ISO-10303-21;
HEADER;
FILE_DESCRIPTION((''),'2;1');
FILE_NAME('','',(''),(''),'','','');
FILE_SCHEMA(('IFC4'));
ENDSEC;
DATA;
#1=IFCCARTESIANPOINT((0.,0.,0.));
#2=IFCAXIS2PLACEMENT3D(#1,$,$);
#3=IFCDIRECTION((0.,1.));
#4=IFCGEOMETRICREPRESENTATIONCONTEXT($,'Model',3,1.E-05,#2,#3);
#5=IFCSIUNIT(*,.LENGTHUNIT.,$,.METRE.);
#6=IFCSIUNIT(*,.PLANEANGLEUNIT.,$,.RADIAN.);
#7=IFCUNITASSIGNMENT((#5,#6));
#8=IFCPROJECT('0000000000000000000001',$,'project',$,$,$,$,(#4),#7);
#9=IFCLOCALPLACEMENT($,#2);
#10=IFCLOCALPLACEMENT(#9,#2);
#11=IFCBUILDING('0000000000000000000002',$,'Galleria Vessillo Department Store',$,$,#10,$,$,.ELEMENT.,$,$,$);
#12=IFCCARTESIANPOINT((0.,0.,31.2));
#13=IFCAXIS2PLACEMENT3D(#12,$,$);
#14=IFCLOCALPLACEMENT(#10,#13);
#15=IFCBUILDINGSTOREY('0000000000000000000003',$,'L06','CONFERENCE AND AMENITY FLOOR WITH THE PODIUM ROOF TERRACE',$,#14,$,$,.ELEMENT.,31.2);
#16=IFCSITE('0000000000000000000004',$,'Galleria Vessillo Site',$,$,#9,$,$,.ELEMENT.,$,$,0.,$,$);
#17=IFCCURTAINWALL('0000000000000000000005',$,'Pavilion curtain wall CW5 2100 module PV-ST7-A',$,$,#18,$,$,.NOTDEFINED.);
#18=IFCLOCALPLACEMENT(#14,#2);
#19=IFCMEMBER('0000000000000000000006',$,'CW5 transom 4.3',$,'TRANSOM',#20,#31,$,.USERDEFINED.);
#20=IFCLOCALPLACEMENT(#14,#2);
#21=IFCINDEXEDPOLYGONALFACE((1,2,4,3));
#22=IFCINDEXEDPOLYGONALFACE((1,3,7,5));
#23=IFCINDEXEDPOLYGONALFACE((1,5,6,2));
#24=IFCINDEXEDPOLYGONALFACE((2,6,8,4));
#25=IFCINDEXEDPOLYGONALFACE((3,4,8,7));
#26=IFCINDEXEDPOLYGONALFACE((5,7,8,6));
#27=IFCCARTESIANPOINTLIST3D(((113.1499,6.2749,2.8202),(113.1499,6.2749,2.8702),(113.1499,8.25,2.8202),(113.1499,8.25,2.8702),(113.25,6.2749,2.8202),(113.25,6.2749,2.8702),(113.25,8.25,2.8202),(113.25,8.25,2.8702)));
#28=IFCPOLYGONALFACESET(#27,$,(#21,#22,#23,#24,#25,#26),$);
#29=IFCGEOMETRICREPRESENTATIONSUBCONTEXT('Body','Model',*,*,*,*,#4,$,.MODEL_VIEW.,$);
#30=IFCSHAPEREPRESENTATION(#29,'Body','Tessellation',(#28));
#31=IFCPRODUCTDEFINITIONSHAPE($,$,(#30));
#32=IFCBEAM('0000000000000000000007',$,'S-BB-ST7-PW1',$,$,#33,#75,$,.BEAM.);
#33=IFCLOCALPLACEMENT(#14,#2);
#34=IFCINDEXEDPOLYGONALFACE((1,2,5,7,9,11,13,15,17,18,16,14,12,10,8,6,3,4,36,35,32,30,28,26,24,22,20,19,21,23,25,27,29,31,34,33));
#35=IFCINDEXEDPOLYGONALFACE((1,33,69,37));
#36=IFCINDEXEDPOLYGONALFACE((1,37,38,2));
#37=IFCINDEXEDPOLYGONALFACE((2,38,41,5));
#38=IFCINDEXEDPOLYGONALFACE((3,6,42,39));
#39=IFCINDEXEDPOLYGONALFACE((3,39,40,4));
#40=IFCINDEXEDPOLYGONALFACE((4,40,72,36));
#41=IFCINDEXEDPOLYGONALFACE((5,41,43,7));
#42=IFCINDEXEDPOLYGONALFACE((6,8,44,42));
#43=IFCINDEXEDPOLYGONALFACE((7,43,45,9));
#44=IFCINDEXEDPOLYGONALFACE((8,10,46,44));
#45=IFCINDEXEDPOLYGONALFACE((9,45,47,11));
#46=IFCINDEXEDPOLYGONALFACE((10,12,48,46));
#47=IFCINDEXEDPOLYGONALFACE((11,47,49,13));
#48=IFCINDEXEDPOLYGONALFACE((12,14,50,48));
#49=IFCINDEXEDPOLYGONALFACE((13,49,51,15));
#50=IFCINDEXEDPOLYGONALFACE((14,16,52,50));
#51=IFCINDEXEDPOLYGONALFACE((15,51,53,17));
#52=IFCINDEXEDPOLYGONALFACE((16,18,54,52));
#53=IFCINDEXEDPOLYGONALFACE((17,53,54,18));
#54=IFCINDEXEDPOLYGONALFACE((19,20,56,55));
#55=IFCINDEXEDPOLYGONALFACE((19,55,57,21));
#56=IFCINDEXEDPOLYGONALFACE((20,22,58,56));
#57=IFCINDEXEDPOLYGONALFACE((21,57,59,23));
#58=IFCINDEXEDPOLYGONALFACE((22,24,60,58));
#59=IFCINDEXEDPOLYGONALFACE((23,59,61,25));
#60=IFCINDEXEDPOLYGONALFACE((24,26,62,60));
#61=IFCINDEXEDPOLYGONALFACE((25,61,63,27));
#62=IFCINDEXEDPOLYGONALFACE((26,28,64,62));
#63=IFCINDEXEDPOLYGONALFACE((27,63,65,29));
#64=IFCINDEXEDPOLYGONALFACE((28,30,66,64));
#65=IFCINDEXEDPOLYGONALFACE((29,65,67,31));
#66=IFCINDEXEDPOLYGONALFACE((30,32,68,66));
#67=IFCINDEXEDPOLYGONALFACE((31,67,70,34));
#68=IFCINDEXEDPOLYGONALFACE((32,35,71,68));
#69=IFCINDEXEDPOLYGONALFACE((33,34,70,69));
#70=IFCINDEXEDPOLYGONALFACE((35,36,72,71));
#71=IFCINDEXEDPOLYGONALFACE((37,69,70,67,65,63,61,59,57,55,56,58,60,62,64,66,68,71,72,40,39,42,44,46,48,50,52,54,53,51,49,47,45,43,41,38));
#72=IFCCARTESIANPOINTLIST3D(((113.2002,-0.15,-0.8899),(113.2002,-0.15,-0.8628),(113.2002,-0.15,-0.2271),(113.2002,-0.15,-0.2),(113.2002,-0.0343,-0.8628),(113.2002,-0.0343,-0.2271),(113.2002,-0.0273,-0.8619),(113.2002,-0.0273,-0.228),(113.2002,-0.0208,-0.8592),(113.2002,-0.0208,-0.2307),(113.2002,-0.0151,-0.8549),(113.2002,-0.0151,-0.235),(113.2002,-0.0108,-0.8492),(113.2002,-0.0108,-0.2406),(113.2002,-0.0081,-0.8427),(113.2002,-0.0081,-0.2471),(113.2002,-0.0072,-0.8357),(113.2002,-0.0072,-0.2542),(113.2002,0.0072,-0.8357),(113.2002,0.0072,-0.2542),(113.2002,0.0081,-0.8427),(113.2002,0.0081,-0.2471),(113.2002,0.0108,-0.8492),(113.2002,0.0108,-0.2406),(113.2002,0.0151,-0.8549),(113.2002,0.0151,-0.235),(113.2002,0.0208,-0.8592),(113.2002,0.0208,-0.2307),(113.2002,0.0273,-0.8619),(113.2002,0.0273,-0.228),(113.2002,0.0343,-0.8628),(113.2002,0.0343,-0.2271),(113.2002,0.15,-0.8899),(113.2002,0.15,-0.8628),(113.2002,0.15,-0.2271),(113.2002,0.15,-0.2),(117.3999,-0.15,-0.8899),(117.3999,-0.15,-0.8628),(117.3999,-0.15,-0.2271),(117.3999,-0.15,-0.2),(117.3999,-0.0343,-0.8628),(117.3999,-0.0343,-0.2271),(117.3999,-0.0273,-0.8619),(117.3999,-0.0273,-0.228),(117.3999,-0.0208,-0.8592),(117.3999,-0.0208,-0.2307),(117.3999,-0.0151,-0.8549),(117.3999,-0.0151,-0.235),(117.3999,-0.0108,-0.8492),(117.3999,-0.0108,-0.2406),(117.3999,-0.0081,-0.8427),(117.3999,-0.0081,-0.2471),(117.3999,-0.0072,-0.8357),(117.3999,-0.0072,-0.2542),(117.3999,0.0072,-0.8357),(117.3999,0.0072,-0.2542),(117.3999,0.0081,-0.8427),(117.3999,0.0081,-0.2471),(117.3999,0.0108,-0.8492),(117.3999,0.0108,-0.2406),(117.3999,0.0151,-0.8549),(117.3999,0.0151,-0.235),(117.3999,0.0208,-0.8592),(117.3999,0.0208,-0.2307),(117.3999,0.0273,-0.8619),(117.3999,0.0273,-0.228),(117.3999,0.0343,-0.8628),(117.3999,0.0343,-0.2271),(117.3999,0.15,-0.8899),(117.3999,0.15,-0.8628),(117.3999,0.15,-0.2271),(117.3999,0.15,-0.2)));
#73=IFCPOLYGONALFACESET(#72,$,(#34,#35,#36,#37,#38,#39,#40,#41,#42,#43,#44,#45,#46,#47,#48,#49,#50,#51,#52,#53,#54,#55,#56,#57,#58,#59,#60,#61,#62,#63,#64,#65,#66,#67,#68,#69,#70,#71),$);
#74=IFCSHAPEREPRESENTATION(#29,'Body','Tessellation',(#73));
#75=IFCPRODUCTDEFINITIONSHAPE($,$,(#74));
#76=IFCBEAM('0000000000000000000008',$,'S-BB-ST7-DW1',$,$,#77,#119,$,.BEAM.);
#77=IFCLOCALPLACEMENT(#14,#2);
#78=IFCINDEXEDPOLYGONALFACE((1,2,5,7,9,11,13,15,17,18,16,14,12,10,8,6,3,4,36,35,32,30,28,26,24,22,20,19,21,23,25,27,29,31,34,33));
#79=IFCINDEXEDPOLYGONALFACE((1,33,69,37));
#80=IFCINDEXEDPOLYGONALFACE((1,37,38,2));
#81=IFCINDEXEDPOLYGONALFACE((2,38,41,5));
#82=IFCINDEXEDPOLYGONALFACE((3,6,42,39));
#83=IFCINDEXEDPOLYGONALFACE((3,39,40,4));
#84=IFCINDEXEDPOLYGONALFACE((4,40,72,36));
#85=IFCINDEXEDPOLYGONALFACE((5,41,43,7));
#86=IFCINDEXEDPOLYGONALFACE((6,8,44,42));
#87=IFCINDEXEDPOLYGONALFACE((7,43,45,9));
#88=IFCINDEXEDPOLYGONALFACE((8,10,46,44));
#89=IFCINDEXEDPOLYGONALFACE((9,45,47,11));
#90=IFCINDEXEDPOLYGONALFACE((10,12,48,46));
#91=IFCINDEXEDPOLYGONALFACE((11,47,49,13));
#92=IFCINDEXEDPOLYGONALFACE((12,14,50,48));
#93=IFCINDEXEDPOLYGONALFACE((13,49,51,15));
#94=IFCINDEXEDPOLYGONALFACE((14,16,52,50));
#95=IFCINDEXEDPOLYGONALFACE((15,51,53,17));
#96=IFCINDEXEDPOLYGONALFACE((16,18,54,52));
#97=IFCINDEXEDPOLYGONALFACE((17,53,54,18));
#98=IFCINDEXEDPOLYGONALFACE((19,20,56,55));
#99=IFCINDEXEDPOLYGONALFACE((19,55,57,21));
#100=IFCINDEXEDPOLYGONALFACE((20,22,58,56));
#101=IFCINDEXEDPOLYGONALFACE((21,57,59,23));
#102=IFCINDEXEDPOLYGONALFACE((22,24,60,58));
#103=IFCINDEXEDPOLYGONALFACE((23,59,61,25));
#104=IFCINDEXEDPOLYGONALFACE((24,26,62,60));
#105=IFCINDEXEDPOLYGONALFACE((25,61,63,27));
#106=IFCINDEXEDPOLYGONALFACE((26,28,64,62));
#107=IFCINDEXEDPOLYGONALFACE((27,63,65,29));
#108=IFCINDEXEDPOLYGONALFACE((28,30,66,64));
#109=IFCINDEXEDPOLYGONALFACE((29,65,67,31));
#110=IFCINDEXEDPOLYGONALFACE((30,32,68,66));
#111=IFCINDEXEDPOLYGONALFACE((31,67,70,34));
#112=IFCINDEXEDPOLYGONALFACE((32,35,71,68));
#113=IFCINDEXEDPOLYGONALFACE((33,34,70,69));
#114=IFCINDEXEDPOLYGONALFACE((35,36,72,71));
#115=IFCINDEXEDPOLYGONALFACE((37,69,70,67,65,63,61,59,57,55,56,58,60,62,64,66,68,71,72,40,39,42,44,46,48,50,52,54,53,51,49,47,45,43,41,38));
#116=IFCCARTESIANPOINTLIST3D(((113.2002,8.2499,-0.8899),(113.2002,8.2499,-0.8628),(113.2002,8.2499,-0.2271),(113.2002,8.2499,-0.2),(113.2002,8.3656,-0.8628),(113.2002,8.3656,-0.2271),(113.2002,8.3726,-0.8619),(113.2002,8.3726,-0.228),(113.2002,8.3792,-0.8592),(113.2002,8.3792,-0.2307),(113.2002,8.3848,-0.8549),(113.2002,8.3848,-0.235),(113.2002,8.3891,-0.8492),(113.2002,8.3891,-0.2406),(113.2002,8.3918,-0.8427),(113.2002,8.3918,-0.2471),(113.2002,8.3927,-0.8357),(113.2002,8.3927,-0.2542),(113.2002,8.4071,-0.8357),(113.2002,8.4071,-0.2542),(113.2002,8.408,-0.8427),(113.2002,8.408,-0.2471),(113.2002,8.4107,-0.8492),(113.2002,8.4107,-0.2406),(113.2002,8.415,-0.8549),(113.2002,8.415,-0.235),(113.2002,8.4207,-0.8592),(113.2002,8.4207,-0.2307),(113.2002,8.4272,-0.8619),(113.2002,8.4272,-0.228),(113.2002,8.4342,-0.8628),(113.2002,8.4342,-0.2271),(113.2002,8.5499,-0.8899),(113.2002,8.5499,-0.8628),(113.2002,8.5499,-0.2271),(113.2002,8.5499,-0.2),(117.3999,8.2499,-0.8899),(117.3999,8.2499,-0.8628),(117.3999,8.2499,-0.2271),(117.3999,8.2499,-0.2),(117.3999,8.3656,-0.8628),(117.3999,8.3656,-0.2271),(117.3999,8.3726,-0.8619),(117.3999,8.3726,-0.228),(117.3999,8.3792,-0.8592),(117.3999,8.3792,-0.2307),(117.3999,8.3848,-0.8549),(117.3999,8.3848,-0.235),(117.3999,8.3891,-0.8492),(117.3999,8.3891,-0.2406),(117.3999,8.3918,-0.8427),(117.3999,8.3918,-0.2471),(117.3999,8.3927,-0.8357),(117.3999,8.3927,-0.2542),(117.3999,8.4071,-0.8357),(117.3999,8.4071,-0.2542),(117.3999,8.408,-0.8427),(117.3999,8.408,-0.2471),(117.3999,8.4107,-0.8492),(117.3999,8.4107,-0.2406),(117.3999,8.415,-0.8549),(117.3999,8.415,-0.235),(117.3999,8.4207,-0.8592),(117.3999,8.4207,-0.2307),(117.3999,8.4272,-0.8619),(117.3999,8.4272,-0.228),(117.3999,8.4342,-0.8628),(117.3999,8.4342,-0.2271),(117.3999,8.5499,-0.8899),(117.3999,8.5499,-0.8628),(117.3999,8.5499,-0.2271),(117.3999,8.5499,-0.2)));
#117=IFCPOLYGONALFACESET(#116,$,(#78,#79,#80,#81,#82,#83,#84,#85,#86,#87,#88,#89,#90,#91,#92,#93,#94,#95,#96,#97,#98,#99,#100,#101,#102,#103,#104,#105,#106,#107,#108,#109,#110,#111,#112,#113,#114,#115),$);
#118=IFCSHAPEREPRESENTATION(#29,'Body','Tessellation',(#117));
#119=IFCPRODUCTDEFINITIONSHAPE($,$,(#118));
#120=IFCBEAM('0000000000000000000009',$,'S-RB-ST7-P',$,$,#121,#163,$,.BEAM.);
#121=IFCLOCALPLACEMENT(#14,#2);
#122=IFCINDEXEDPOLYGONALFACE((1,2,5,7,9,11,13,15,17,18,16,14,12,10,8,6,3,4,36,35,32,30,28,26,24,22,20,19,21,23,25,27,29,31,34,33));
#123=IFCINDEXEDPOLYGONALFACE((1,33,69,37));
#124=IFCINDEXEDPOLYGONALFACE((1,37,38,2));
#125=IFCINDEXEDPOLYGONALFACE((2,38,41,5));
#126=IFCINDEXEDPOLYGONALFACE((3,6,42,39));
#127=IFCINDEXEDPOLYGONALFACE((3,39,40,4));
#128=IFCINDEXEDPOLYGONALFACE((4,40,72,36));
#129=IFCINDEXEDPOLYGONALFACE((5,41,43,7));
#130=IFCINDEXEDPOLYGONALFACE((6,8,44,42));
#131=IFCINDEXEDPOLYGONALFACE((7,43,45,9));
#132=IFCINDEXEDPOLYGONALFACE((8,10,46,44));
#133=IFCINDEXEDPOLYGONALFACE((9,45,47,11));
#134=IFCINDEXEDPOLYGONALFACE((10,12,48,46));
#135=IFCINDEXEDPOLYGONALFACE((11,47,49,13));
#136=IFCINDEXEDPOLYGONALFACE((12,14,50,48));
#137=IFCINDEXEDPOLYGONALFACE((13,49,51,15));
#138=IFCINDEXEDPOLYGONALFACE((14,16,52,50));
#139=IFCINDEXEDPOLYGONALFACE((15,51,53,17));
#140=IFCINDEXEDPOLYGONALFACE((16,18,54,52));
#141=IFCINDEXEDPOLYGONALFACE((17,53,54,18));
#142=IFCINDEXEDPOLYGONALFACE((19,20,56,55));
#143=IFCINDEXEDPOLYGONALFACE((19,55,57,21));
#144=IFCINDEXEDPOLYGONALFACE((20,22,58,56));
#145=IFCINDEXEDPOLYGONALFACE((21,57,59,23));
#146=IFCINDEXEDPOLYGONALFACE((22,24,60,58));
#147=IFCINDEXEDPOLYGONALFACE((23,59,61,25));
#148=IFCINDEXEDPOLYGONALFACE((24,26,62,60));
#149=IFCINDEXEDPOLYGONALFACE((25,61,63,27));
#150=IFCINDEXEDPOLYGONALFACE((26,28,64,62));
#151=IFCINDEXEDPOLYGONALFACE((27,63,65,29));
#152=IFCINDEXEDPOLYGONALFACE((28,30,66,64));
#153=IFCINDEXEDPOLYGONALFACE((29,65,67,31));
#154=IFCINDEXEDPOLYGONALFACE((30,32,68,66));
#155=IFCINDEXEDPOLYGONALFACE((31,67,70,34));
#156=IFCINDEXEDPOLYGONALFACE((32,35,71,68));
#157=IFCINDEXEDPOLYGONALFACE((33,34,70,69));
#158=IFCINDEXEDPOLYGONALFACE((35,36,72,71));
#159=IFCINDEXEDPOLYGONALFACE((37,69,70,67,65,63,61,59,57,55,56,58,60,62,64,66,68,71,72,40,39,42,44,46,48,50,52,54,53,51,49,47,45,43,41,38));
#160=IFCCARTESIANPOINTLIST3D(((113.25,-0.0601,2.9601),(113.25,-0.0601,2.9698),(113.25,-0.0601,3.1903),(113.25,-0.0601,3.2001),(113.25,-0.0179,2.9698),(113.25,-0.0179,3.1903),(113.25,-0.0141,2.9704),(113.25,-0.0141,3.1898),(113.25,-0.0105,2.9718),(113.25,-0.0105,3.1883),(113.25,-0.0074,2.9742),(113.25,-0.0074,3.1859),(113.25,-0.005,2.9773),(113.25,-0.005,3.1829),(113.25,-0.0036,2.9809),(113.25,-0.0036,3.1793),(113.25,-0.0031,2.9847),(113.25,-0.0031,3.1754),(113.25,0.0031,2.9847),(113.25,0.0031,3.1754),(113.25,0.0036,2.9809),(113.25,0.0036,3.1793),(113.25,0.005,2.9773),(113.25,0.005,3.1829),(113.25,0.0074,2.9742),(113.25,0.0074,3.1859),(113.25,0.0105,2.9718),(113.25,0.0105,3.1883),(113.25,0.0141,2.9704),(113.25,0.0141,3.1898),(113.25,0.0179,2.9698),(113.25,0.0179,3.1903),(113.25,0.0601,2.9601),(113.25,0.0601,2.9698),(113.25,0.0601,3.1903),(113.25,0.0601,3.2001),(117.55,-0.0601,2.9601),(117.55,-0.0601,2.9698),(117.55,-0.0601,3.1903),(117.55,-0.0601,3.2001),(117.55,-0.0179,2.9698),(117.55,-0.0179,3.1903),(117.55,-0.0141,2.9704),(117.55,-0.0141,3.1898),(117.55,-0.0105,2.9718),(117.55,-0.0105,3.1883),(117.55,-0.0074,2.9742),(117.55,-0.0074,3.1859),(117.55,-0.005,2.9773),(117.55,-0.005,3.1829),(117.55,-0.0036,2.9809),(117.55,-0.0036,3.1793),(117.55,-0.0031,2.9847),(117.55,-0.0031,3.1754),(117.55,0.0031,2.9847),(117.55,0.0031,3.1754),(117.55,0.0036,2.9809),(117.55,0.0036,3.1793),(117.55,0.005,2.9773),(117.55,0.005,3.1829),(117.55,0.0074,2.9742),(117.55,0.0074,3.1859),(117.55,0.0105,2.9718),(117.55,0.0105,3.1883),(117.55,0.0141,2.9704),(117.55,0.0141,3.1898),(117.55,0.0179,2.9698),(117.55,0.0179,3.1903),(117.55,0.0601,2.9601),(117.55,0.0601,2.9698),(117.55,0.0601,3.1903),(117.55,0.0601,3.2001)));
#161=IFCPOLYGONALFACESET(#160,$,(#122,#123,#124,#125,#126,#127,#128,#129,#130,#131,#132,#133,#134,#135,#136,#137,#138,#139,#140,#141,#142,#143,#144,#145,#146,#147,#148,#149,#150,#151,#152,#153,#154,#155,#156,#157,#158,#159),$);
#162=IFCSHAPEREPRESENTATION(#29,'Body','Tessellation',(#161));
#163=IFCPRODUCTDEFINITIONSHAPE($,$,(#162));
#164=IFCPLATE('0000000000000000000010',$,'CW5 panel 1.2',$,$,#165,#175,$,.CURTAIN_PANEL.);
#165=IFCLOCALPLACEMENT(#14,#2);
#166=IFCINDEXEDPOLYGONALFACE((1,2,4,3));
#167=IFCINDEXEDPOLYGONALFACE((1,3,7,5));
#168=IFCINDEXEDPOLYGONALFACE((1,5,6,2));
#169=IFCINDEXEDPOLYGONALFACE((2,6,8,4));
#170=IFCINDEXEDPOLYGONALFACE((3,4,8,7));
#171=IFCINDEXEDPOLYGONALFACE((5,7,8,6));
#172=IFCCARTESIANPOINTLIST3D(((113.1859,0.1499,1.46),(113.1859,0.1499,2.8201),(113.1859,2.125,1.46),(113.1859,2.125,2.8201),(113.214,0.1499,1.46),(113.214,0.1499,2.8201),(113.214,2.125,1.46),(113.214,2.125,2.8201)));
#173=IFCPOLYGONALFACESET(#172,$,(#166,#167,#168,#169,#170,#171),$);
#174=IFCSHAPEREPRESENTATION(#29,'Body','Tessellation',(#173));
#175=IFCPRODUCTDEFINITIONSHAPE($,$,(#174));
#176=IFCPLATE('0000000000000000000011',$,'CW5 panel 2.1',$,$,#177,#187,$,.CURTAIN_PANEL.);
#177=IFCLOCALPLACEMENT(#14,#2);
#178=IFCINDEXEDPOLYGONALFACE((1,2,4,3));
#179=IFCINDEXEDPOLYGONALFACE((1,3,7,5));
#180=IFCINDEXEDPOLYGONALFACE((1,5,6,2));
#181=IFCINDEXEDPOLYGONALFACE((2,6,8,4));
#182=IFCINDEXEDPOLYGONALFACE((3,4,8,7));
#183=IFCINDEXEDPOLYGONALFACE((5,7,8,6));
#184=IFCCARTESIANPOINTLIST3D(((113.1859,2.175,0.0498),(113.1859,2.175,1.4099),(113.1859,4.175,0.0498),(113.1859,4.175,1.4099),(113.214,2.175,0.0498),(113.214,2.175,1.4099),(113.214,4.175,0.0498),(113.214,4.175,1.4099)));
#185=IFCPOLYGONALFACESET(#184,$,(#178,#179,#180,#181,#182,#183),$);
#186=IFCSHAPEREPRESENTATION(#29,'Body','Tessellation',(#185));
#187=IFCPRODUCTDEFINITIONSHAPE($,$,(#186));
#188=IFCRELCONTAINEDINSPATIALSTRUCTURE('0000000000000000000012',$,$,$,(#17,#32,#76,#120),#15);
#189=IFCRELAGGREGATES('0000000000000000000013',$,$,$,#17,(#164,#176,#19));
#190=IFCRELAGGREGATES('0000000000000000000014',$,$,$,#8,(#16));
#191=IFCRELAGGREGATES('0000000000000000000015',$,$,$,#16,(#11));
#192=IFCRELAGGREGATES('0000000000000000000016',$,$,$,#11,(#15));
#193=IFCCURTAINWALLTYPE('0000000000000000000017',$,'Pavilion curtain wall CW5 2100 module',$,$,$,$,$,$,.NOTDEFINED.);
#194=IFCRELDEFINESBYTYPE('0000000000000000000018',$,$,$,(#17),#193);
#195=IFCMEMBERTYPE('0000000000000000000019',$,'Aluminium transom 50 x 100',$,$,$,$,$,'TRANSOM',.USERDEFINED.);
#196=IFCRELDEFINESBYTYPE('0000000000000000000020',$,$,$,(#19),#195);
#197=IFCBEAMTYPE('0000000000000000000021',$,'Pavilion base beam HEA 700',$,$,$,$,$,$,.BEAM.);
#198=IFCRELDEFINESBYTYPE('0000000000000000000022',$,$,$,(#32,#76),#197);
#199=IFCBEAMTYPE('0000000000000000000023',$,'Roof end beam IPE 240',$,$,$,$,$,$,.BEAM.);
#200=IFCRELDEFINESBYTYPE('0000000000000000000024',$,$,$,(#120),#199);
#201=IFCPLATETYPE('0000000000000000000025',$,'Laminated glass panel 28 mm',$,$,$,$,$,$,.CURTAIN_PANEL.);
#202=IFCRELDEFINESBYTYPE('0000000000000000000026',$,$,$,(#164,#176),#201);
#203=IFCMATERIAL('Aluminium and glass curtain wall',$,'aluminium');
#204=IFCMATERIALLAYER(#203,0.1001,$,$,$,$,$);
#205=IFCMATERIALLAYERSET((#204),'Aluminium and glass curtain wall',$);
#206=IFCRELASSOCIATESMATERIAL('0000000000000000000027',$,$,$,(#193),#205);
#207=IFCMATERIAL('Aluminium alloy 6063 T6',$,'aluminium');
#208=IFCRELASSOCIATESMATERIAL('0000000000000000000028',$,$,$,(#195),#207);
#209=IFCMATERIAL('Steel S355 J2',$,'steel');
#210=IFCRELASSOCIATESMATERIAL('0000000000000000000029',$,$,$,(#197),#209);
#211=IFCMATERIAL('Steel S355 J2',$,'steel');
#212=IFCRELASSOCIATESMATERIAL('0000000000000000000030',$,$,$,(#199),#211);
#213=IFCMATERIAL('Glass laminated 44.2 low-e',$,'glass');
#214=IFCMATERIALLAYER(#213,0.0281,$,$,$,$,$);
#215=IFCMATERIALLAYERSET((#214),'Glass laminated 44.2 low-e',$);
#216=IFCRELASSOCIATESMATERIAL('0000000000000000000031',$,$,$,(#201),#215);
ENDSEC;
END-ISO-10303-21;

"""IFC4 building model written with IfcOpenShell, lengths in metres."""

from ifc_helpers import new_model, si_unit, direction, frame, origin, origin_2d, place, context, subcontext, project, spatial, rectangle, i_section, extrude, material, layer, layer_set, material_profile, profile_set, type_object, element, aggregate, save


model = new_model("IFC4")

# Units and contexts
model_context = context("Model", 3, precision=1e-05, world=origin(), true_north=direction((0.0, 1.0)))
body_context = subcontext(model_context, "Body", "Model", "MODEL_VIEW")
ifc_project = project(units=[si_unit("LENGTHUNIT", "METRE"), si_unit("PLANEANGLEUNIT", "RADIAN")], contexts=[model_context])

# Site, building, storey
site_placement = place(None, origin())
site = spatial("IfcSite", under=ifc_project, at=site_placement, Name="Galleria Vessillo Site", CompositionType="ELEMENT", RefElevation=0.0)
building_placement = place(site_placement, origin())
building = spatial("IfcBuilding", under=site, at=building_placement, Name="Galleria Vessillo Department Store", CompositionType="ELEMENT")
storey_placement = place(building_placement, frame((0.0, 0.0, 31.2)))
storey = spatial("IfcBuildingStorey", under=building, at=storey_placement, Name="L06", Description="CONFERENCE AND AMENITY FLOOR WITH THE PODIUM ROOF TERRACE", CompositionType="ELEMENT", Elevation=31.2)

# Curtain wall
ifc_material_1 = material(Name="Aluminium and glass curtain wall", Category="aluminium")
ifc_layer_1 = layer(ifc_material_1, 0.1001)
ifc_layer_set_1 = layer_set([ifc_layer_1], Name="Aluminium and glass curtain wall")
curtain_wall_type = type_object("IfcCurtainWallType", Name="Pavilion curtain wall CW5 2100 module", PredefinedType="NOTDEFINED", material=ifc_layer_set_1)
curtain_wall_1_placement = place(storey_placement, origin())
curtain_wall_1 = element("IfcCurtainWall", 1, at=curtain_wall_1_placement, inside=storey, type_object=curtain_wall_type, Name="Pavilion curtain wall CW5 2100 module PV-ST7-A", PredefinedType="NOTDEFINED")

# Member
ifc_material_2 = material(Name="Aluminium alloy 6063 T6", Category="aluminium")
ifc_material_profile_1 = material_profile(ifc_material_2, rectangle(XDim=0.1001, YDim=0.05, at=origin_2d()), Name="AL 50x100")
ifc_profile_set_1 = profile_set([ifc_material_profile_1], Name="Aluminium alloy 6063 T6")
member_type_1 = type_object("IfcMemberType", Name="Aluminium transom 50 x 100", ElementType="TRANSOM", PredefinedType="USERDEFINED", material=ifc_profile_set_1)
member_1_placement = place(storey_placement, frame((113.2, 6.2749, 2.8452), z_axis=(0.0, 1.0, 0.0), x_axis=(-1.0, 0.0, 0.0)))
member_1 = element("IfcMember", 2, at=member_1_placement, type_object=member_type_1, Name="CW5 transom 4.3", ObjectType="TRANSOM", PredefinedType="USERDEFINED", context=body_context, shape_type="SweptSolid", body=[
    extrude(rectangle(XDim=0.1001, YDim=0.05, at=origin_2d()), origin(), (0.0, 0.0, 1.0), 1.9751),
])

# Beams
ifc_material_3 = material(Name="Steel S355 J2", Category="steel")
ifc_material_profile_2 = material_profile(ifc_material_3, i_section(OverallWidth=0.3, OverallDepth=0.6899, WebThickness=0.0144, FlangeThickness=0.0271, FilletRadius=0.0271, at=origin_2d()), Name="HEA 700")
ifc_profile_set_2 = profile_set([ifc_material_profile_2], Name="Steel S355 J2")
beam_type_1 = type_object("IfcBeamType", Name="Pavilion base beam HEA 700", PredefinedType="BEAM", material=ifc_profile_set_2)
for number, where, z_axis, x_axis, name in (
    (3, (113.2002, 0.0, -0.5449), (1.0, 0.0, 0.0), (0.0, 1.0, 0.0), "S-BB-ST7-PW1"),
    (4, (113.2002, 8.3999, -0.5449), (1.0, 0.0, 0.0), (0.0, 1.0, 0.0), "S-BB-ST7-DW1"),
):
    element("IfcBeam", number, at=place(storey_placement, frame(where, z_axis=z_axis, x_axis=x_axis)), inside=storey, type_object=beam_type_1, Name=name, PredefinedType="BEAM", context=body_context, shape_type="SweptSolid", body=[
        extrude(i_section(OverallWidth=0.3, OverallDepth=0.6899, WebThickness=0.0144, FlangeThickness=0.0271, FilletRadius=0.0271, at=origin_2d()), origin(), (0.0, 0.0, 1.0), 4.1997),
    ])
ifc_material_4 = material(Name="Steel S355 J2", Category="steel")
ifc_material_profile_3 = material_profile(ifc_material_4, i_section(OverallWidth=0.1201, OverallDepth=0.24, WebThickness=0.0061, FlangeThickness=0.0098, FilletRadius=0.0149, at=origin_2d()), Name="IPE 240")
ifc_profile_set_3 = profile_set([ifc_material_profile_3], Name="Steel S355 J2")
beam_type_2 = type_object("IfcBeamType", Name="Roof end beam IPE 240", PredefinedType="BEAM", material=ifc_profile_set_3)
beam_placement = place(storey_placement, frame((113.25, 0.0, 3.0801), z_axis=(1.0, 0.0, 0.0), x_axis=(0.0, 1.0, 0.0)))
element("IfcBeam", 5, at=beam_placement, inside=storey, type_object=beam_type_2, Name="S-RB-ST7-P", PredefinedType="BEAM", context=body_context, shape_type="SweptSolid", body=[
    extrude(i_section(OverallWidth=0.1201, OverallDepth=0.24, WebThickness=0.0061, FlangeThickness=0.0098, FilletRadius=0.0149, at=origin_2d()), origin(), (0.0, 0.0, 1.0), 4.3),
])

# Plates
ifc_material_5 = material(Name="Glass laminated 44.2 low-e", Category="glass")
ifc_layer_2 = layer(ifc_material_5, 0.0281)
ifc_layer_set_2 = layer_set([ifc_layer_2], Name="Glass laminated 44.2 low-e")
plate_type = type_object("IfcPlateType", Name="Laminated glass panel 28 mm", PredefinedType="CURTAIN_PANEL", material=ifc_layer_set_2)
plate_1_placement = place(storey_placement, frame((113.2, 1.1375, 1.46), z_axis=(0.0, 0.0, 1.0), x_axis=(0.0, 1.0, 0.0)))
plate_1 = element("IfcPlate", 6, at=plate_1_placement, type_object=plate_type, Name="CW5 panel 1.2", PredefinedType="CURTAIN_PANEL", context=body_context, shape_type="SweptSolid", body=[
    extrude(rectangle(XDim=1.9751, YDim=0.0281, at=origin_2d()), origin(), (0.0, 0.0, 1.0), 1.3601),
])
plate_2_placement = place(storey_placement, frame((113.2, 3.175, 0.0498), z_axis=(0.0, 0.0, 1.0), x_axis=(0.0, 1.0, 0.0)))
plate_2 = element("IfcPlate", 7, at=plate_2_placement, type_object=plate_type, Name="CW5 panel 2.1", PredefinedType="CURTAIN_PANEL", context=body_context, shape_type="SweptSolid", body=[
    extrude(rectangle(XDim=2.0, YDim=0.0281, at=origin_2d()), origin(), (0.0, 0.0, 1.0), 1.3601),
])
aggregate(curtain_wall_1, [plate_1, plate_2, member_1])

save(model, "model.ifc")
